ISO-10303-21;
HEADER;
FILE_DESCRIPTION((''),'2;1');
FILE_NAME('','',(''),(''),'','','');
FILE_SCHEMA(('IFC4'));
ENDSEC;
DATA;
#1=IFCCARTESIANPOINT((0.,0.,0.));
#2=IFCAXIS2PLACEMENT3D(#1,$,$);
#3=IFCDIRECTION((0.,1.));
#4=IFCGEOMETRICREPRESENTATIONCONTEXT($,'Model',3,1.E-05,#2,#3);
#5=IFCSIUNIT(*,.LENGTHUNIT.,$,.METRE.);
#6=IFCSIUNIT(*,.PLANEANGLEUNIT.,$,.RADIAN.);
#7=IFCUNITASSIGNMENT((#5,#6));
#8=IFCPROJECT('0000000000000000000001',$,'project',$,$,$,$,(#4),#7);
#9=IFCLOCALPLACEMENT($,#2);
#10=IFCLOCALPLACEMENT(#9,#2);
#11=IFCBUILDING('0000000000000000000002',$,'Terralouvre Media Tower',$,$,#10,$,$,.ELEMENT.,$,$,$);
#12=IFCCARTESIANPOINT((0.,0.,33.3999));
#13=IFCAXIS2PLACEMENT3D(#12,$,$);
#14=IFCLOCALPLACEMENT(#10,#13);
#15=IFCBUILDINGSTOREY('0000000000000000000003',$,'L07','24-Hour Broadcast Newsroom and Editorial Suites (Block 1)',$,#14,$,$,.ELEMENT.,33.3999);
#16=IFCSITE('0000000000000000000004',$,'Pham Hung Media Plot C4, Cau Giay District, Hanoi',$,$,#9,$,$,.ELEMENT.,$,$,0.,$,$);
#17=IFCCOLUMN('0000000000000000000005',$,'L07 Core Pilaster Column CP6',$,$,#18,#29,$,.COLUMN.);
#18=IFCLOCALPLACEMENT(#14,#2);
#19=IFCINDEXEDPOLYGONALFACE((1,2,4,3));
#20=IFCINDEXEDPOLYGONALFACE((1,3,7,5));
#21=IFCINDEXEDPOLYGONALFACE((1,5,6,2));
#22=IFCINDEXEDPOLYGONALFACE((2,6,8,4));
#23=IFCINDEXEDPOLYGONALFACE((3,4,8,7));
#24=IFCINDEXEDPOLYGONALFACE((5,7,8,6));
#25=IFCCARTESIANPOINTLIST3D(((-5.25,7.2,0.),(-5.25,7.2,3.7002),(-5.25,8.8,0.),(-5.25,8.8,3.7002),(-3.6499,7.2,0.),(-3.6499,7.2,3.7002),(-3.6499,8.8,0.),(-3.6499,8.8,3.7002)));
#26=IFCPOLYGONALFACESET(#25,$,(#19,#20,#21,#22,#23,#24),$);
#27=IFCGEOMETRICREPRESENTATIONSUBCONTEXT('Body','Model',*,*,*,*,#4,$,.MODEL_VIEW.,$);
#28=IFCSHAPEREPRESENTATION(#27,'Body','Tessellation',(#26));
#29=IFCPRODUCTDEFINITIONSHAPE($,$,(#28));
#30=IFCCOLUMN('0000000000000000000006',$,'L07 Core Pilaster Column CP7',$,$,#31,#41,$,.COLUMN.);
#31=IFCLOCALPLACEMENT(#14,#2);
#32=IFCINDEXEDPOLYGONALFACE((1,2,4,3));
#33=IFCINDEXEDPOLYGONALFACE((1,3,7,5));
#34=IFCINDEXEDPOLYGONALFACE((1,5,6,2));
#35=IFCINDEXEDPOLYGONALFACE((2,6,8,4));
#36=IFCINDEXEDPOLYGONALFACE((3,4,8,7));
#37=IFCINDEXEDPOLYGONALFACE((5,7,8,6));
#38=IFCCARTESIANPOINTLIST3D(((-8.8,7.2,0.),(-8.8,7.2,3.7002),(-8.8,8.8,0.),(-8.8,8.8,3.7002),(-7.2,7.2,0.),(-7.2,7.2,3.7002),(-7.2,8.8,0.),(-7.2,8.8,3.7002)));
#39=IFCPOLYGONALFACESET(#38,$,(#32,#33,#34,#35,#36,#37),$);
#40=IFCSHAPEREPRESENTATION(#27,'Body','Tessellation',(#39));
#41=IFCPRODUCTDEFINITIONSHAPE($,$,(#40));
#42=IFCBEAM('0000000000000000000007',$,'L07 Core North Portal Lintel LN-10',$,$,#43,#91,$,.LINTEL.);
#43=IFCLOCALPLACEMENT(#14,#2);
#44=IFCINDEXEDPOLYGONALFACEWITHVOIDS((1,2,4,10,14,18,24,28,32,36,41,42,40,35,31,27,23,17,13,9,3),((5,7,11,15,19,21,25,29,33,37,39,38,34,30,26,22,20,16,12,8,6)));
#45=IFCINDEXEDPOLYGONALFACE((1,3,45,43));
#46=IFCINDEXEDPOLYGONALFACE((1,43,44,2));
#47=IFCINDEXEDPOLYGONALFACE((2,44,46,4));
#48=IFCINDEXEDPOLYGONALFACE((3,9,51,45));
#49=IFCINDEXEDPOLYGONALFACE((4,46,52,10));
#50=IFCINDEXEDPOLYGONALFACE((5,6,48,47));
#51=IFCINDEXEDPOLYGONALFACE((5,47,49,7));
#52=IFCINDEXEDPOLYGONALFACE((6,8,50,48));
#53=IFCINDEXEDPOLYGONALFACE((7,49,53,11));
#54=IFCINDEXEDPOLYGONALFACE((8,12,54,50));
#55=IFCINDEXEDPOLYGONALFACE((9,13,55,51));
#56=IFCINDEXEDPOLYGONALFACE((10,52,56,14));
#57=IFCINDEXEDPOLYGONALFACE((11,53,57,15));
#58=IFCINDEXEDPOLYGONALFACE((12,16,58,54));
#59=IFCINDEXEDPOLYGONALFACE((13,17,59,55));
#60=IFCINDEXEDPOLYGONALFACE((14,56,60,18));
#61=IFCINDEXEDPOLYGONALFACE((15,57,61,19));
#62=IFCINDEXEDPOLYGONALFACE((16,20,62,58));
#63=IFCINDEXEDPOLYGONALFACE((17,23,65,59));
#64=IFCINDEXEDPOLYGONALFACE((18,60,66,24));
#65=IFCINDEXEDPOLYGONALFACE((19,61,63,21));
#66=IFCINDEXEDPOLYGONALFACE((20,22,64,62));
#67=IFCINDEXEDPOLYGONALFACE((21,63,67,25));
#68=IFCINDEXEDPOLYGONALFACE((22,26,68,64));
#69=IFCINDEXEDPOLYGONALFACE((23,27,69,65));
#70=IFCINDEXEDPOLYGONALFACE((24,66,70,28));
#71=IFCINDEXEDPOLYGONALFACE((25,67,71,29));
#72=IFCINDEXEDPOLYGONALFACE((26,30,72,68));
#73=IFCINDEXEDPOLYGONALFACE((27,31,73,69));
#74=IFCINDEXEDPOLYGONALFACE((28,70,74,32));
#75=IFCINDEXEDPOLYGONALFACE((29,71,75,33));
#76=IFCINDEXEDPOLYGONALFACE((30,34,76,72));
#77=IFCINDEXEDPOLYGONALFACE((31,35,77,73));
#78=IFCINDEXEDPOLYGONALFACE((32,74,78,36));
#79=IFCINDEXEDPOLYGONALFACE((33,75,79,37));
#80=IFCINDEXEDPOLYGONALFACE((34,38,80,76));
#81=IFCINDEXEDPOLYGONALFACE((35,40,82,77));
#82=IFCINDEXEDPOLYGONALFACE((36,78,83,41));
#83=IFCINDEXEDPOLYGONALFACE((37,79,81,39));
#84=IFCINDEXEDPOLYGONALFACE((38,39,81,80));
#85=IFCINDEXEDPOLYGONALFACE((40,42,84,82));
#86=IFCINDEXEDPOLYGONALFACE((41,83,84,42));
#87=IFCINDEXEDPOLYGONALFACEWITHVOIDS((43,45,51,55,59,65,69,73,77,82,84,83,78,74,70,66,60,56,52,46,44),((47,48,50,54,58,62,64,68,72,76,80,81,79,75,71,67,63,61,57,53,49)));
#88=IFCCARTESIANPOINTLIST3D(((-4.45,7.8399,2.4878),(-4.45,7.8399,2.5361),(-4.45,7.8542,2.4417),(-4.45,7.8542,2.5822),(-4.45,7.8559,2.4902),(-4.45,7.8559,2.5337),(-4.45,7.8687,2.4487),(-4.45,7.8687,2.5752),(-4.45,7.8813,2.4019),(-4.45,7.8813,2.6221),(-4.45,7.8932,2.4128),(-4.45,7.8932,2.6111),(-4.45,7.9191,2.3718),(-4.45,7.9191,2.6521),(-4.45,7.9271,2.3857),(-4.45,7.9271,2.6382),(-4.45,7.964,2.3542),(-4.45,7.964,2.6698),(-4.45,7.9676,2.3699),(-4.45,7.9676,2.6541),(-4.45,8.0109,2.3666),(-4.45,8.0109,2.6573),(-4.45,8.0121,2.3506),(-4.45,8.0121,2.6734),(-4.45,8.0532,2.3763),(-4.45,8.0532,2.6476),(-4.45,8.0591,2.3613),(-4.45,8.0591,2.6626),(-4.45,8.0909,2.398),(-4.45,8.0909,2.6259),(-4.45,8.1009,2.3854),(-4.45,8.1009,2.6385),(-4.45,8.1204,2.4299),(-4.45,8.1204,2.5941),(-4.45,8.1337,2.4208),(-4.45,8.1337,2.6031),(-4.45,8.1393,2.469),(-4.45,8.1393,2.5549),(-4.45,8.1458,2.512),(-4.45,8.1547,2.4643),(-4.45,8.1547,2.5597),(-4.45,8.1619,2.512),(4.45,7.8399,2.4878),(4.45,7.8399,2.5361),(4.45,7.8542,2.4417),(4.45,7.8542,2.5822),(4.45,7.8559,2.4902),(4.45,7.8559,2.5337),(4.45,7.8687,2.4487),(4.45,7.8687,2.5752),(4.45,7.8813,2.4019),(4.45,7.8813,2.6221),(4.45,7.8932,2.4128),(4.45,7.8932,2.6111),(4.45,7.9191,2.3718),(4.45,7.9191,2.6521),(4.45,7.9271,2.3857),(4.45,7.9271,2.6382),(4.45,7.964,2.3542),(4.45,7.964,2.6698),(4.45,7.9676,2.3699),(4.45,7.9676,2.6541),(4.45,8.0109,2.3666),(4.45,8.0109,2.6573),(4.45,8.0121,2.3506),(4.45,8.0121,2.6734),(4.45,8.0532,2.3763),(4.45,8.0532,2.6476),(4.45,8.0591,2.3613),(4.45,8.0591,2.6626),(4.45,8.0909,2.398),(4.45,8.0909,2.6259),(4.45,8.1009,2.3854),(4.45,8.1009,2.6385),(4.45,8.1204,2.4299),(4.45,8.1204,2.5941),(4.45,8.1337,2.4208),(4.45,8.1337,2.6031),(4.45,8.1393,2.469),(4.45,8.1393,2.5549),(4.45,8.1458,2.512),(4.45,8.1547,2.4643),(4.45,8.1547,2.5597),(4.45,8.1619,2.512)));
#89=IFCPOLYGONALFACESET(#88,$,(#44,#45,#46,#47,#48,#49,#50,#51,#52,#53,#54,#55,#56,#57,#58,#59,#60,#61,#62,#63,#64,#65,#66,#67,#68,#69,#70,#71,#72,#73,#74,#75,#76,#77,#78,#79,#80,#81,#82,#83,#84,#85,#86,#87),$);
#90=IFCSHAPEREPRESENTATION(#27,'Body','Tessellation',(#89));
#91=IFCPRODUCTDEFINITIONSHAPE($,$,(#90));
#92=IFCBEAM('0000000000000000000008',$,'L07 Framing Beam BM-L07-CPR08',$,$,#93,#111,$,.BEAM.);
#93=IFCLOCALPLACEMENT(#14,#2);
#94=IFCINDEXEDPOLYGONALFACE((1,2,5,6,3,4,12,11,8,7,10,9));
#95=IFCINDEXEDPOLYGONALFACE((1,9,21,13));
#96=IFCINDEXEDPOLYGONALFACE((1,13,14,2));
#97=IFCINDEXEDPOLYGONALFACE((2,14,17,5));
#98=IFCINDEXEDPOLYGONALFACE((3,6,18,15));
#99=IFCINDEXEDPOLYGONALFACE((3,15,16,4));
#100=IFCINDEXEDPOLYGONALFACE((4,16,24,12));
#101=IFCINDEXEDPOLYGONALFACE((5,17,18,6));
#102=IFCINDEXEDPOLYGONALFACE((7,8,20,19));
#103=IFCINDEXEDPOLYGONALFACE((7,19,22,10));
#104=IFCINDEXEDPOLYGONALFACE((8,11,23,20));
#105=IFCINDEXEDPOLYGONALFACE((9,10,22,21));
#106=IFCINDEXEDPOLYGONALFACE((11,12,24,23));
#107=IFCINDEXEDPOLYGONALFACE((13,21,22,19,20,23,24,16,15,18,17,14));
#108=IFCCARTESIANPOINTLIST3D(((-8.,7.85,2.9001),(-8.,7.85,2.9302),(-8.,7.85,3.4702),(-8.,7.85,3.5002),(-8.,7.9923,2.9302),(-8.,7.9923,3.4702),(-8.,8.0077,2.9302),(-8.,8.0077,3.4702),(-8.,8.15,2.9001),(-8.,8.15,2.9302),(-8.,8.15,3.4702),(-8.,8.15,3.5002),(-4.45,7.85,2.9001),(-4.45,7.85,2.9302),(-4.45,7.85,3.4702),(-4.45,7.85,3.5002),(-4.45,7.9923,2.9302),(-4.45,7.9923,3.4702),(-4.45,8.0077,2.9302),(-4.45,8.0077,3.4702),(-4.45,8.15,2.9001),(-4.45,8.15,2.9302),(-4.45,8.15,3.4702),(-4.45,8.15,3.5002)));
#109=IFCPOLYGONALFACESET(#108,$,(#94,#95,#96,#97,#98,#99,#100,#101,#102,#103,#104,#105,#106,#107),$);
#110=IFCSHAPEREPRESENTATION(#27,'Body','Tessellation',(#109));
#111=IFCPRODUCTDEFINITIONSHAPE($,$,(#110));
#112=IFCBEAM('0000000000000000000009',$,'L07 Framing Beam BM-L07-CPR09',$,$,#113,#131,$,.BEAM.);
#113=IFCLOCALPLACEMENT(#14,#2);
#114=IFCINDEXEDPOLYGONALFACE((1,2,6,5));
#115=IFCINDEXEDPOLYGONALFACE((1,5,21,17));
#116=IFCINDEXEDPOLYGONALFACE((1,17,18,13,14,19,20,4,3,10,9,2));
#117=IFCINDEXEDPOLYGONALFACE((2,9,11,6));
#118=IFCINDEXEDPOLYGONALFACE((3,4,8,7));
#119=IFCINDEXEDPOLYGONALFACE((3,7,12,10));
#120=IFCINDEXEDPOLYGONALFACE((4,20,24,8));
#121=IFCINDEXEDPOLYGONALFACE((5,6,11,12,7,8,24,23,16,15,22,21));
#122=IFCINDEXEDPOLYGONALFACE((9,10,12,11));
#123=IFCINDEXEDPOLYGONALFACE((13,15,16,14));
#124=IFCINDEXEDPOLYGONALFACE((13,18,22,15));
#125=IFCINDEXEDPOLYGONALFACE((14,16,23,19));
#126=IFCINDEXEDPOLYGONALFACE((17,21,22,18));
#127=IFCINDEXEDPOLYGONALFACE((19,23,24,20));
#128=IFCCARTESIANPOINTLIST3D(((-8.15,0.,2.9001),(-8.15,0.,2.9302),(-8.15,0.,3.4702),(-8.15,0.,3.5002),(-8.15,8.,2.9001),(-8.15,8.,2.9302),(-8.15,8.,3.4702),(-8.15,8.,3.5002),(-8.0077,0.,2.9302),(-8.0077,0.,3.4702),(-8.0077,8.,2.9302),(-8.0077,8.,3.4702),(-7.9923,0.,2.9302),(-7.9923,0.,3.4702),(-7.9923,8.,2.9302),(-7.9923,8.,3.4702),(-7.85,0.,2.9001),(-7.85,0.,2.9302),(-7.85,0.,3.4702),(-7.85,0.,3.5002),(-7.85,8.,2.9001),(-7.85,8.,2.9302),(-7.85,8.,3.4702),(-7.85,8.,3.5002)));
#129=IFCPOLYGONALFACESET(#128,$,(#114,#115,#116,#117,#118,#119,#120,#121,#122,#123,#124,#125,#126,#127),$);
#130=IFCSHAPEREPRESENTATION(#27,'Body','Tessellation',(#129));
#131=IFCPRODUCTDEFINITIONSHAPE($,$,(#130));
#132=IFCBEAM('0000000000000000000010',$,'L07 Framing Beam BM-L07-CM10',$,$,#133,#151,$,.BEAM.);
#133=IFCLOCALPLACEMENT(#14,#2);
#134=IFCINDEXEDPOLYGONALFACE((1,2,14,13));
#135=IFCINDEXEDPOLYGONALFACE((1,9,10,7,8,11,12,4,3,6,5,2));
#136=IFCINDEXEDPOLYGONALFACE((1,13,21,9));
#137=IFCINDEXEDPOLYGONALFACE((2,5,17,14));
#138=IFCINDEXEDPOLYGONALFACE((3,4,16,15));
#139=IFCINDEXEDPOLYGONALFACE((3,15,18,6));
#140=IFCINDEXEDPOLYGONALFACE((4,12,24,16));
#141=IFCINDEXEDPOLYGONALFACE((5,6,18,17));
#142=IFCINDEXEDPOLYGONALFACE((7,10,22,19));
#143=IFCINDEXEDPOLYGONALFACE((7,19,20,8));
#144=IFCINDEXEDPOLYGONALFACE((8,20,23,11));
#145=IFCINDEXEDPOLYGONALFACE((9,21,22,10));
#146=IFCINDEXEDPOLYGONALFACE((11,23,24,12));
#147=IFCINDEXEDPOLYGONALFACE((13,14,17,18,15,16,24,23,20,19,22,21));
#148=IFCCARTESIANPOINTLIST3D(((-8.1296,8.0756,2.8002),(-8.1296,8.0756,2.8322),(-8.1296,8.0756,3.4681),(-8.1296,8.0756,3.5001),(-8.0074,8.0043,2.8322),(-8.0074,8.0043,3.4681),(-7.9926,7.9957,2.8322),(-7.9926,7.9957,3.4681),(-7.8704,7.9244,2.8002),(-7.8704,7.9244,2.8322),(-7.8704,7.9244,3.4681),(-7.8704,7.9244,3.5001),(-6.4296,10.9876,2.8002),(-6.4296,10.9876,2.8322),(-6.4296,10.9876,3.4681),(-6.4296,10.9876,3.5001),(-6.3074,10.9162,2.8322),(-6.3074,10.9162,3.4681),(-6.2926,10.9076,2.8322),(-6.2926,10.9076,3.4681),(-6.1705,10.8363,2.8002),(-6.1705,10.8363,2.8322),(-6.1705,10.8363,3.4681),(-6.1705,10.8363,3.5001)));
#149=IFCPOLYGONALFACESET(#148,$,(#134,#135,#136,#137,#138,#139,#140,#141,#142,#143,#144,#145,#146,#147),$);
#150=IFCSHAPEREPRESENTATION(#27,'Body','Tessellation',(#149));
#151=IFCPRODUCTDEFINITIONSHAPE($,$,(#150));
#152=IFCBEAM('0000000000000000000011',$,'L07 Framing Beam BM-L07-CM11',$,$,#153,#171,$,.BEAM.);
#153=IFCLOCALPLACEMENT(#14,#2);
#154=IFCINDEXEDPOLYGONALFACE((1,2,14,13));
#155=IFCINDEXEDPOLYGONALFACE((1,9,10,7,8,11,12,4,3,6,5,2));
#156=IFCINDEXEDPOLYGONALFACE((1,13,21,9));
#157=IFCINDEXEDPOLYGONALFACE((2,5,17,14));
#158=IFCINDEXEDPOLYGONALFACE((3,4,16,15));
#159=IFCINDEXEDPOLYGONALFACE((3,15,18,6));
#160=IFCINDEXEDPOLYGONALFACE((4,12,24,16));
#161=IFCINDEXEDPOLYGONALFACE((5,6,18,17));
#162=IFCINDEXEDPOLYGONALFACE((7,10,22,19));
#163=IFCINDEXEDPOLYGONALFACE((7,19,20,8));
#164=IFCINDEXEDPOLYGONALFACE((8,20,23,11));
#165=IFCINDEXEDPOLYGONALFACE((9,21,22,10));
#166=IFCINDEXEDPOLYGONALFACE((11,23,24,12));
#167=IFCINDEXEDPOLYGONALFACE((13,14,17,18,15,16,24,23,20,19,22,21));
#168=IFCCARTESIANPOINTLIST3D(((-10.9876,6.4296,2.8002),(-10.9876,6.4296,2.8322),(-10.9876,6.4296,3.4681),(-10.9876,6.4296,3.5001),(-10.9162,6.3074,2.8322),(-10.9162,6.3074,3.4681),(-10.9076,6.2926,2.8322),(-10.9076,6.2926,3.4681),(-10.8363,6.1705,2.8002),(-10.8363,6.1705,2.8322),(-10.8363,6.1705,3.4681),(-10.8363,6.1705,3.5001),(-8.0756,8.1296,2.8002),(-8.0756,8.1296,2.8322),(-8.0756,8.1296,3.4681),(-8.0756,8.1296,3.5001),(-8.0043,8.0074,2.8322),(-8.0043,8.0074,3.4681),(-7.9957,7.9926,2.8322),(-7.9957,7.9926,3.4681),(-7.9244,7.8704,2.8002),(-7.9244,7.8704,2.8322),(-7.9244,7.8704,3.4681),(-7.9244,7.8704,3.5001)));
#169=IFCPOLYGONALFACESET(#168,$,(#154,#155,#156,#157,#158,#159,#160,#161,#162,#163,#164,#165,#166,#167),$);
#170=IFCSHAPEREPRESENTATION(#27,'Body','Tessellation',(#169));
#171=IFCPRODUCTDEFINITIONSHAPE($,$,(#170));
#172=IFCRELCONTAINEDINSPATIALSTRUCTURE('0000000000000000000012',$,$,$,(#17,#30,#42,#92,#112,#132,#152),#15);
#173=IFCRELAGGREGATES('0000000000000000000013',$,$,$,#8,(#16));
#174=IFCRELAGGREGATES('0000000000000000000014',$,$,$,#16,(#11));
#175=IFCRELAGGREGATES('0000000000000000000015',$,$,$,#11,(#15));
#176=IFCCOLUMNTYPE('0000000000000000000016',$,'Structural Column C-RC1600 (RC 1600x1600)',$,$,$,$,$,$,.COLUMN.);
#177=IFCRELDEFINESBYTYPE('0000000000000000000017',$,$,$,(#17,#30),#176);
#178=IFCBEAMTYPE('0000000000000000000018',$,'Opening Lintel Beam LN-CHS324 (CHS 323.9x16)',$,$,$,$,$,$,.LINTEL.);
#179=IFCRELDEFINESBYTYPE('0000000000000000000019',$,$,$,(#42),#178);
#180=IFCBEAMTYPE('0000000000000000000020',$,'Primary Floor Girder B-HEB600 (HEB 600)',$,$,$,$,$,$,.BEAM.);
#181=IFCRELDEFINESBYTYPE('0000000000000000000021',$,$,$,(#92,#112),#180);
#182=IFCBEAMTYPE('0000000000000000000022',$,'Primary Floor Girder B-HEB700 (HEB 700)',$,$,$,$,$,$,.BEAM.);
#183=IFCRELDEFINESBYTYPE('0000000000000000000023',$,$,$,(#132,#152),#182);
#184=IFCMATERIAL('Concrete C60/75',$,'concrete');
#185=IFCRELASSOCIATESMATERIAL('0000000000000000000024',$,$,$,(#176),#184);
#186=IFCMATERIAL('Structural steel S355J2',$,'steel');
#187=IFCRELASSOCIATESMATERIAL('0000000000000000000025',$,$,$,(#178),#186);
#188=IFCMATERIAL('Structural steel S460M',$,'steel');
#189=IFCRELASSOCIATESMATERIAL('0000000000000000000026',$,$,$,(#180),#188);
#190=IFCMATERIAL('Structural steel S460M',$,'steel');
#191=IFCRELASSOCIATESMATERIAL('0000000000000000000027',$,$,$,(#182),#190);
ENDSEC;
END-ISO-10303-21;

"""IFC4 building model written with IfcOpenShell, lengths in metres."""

from ifc_helpers import new_model, si_unit, direction, frame, origin, origin_2d, place, context, subcontext, project, spatial, rectangle, hollow_circle, i_section, extrude, material, material_profile, profile_set, type_object, element, save


model = new_model("IFC4")

# Units and contexts
model_context = context("Model", 3, precision=1e-05, world=origin(), true_north=direction((0.0, 1.0)))
body_context = subcontext(model_context, "Body", "Model", "MODEL_VIEW")
ifc_project = project(units=[si_unit("LENGTHUNIT", "METRE"), si_unit("PLANEANGLEUNIT", "RADIAN")], contexts=[model_context])

# Site, building, storey
site_placement = place(None, origin())
site = spatial("IfcSite", under=ifc_project, at=site_placement, Name="Pham Hung Media Plot C4, Cau Giay District, Hanoi", CompositionType="ELEMENT", RefElevation=0.0)
building_placement = place(site_placement, origin())
building = spatial("IfcBuilding", under=site, at=building_placement, Name="Terralouvre Media Tower", CompositionType="ELEMENT")
storey_placement = place(building_placement, frame((0.0, 0.0, 33.3999)))
storey = spatial("IfcBuildingStorey", under=building, at=storey_placement, Name="L07", Description="24-Hour Broadcast Newsroom and Editorial Suites (Block 1)", CompositionType="ELEMENT", Elevation=33.3999)

# Columns
ifc_material_1 = material(Name="Concrete C60/75", Category="concrete")
ifc_material_profile_1 = material_profile(ifc_material_1, rectangle(XDim=1.6001, YDim=1.6001, at=origin_2d()), Name="RC 1600x1600")
ifc_profile_set_1 = profile_set([ifc_material_profile_1], Name="Concrete C60/75")
column_type = type_object("IfcColumnType", Name="Structural Column C-RC1600 (RC 1600x1600)", PredefinedType="COLUMN", material=ifc_profile_set_1)
for number, where, z_axis, x_axis, name in (
    (1, (-4.45, 8.0, 0.0), (0.0, 0.0, 1.0), (1.0, 0.0, 0.0), "L07 Core Pilaster Column CP6"),
    (2, (-8.0, 8.0, 0.0), (0.0, 0.0, 1.0), (1.0, 0.0, 0.0), "L07 Core Pilaster Column CP7"),
):
    element("IfcColumn", number, at=place(storey_placement, frame(where, z_axis=z_axis, x_axis=x_axis)), inside=storey, type_object=column_type, Name=name, PredefinedType="COLUMN", context=body_context, shape_type="SweptSolid", body=[
        extrude(rectangle(XDim=1.6001, YDim=1.6001, at=origin_2d()), origin(), (0.0, 0.0, 1.0), 3.7002),
    ])

# Beams
ifc_material_2 = material(Name="Structural steel S355J2", Category="steel")
ifc_material_profile_2 = material_profile(ifc_material_2, hollow_circle(Radius=0.1619, WallThickness=0.0161, at=origin_2d()), Name="CHS 323.9x16")
ifc_profile_set_2 = profile_set([ifc_material_profile_2], Name="Structural steel S355J2")
beam_type_1 = type_object("IfcBeamType", Name="Opening Lintel Beam LN-CHS324 (CHS 323.9x16)", PredefinedType="LINTEL", material=ifc_profile_set_2)
beam_1_placement = place(storey_placement, frame((-4.45, 8.0, 2.512), z_axis=(1.0, 0.0, 0.0), x_axis=(0.0, 1.0, 0.0)))
element("IfcBeam", 3, at=beam_1_placement, inside=storey, type_object=beam_type_1, Name="L07 Core North Portal Lintel LN-10", PredefinedType="LINTEL", context=body_context, shape_type="SweptSolid", body=[
    extrude(hollow_circle(Radius=0.1619, WallThickness=0.0161, at=origin_2d()), origin(), (0.0, 0.0, 1.0), 8.8999),
])
ifc_material_3 = material(Name="Structural steel S460M", Category="steel")
ifc_material_profile_3 = material_profile(ifc_material_3, i_section(OverallWidth=0.3, OverallDepth=0.6001, WebThickness=0.0154, FlangeThickness=0.03, at=origin_2d()), Name="HEB 600")
ifc_profile_set_3 = profile_set([ifc_material_profile_3], Name="Structural steel S460M")
beam_type_2 = type_object("IfcBeamType", Name="Primary Floor Girder B-HEB600 (HEB 600)", PredefinedType="BEAM", material=ifc_profile_set_3)
beam_2_placement = place(storey_placement, frame((-4.45, 8.0, 3.2002), z_axis=(-1.0, 0.0, 0.0), x_axis=(0.0, -1.0, 0.0)))
element("IfcBeam", 4, at=beam_2_placement, inside=storey, type_object=beam_type_2, Name="L07 Framing Beam BM-L07-CPR08", PredefinedType="BEAM", context=body_context, shape_type="SweptSolid", body=[
    extrude(i_section(OverallWidth=0.3, OverallDepth=0.6001, WebThickness=0.0154, FlangeThickness=0.03, at=origin_2d()), origin(), (0.0, 0.0, 1.0), 3.55),
])
beam_3_placement = place(storey_placement, frame((-8.0, 8.0, 3.2002), z_axis=(0.0, -1.0, 0.0), x_axis=(1.0, 0.0, 0.0)))
element("IfcBeam", 5, at=beam_3_placement, inside=storey, type_object=beam_type_2, Name="L07 Framing Beam BM-L07-CPR09", PredefinedType="BEAM", context=body_context, shape_type="SweptSolid", body=[
    extrude(i_section(OverallWidth=0.3, OverallDepth=0.6001, WebThickness=0.0154, FlangeThickness=0.03, at=origin_2d()), origin(), (0.0, 0.0, 1.0), 8.0),
])
ifc_material_4 = material(Name="Structural steel S460M", Category="steel")
ifc_material_profile_4 = material_profile(ifc_material_4, i_section(OverallWidth=0.3, OverallDepth=0.7, WebThickness=0.0171, FlangeThickness=0.032, at=origin_2d()), Name="HEB 700")
ifc_profile_set_4 = profile_set([ifc_material_profile_4], Name="Structural steel S460M")
beam_type_3 = type_object("IfcBeamType", Name="Primary Floor Girder B-HEB700 (HEB 700)", PredefinedType="BEAM", material=ifc_profile_set_4)
for number, where, z_axis, x_axis, name in (
    (6, (-8.0, 8.0, 3.1501), (0.504173, 0.863603, 0.0), (-0.863603, 0.504173, 0.0), "L07 Framing Beam BM-L07-CM10"),
    (7, (-8.0, 8.0, 3.1501), (-0.863603, -0.504173, 0.0), (0.504173, -0.863603, 0.0), "L07 Framing Beam BM-L07-CM11"),
):
    element("IfcBeam", number, at=place(storey_placement, frame(where, z_axis=z_axis, x_axis=x_axis)), inside=storey, type_object=beam_type_3, Name=name, PredefinedType="BEAM", context=body_context, shape_type="SweptSolid", body=[
        extrude(i_section(OverallWidth=0.3, OverallDepth=0.7, WebThickness=0.0171, FlangeThickness=0.032, at=origin_2d()), origin(), (0.0, 0.0, 1.0), 3.3718),
    ])

save(model, "model.ifc")
